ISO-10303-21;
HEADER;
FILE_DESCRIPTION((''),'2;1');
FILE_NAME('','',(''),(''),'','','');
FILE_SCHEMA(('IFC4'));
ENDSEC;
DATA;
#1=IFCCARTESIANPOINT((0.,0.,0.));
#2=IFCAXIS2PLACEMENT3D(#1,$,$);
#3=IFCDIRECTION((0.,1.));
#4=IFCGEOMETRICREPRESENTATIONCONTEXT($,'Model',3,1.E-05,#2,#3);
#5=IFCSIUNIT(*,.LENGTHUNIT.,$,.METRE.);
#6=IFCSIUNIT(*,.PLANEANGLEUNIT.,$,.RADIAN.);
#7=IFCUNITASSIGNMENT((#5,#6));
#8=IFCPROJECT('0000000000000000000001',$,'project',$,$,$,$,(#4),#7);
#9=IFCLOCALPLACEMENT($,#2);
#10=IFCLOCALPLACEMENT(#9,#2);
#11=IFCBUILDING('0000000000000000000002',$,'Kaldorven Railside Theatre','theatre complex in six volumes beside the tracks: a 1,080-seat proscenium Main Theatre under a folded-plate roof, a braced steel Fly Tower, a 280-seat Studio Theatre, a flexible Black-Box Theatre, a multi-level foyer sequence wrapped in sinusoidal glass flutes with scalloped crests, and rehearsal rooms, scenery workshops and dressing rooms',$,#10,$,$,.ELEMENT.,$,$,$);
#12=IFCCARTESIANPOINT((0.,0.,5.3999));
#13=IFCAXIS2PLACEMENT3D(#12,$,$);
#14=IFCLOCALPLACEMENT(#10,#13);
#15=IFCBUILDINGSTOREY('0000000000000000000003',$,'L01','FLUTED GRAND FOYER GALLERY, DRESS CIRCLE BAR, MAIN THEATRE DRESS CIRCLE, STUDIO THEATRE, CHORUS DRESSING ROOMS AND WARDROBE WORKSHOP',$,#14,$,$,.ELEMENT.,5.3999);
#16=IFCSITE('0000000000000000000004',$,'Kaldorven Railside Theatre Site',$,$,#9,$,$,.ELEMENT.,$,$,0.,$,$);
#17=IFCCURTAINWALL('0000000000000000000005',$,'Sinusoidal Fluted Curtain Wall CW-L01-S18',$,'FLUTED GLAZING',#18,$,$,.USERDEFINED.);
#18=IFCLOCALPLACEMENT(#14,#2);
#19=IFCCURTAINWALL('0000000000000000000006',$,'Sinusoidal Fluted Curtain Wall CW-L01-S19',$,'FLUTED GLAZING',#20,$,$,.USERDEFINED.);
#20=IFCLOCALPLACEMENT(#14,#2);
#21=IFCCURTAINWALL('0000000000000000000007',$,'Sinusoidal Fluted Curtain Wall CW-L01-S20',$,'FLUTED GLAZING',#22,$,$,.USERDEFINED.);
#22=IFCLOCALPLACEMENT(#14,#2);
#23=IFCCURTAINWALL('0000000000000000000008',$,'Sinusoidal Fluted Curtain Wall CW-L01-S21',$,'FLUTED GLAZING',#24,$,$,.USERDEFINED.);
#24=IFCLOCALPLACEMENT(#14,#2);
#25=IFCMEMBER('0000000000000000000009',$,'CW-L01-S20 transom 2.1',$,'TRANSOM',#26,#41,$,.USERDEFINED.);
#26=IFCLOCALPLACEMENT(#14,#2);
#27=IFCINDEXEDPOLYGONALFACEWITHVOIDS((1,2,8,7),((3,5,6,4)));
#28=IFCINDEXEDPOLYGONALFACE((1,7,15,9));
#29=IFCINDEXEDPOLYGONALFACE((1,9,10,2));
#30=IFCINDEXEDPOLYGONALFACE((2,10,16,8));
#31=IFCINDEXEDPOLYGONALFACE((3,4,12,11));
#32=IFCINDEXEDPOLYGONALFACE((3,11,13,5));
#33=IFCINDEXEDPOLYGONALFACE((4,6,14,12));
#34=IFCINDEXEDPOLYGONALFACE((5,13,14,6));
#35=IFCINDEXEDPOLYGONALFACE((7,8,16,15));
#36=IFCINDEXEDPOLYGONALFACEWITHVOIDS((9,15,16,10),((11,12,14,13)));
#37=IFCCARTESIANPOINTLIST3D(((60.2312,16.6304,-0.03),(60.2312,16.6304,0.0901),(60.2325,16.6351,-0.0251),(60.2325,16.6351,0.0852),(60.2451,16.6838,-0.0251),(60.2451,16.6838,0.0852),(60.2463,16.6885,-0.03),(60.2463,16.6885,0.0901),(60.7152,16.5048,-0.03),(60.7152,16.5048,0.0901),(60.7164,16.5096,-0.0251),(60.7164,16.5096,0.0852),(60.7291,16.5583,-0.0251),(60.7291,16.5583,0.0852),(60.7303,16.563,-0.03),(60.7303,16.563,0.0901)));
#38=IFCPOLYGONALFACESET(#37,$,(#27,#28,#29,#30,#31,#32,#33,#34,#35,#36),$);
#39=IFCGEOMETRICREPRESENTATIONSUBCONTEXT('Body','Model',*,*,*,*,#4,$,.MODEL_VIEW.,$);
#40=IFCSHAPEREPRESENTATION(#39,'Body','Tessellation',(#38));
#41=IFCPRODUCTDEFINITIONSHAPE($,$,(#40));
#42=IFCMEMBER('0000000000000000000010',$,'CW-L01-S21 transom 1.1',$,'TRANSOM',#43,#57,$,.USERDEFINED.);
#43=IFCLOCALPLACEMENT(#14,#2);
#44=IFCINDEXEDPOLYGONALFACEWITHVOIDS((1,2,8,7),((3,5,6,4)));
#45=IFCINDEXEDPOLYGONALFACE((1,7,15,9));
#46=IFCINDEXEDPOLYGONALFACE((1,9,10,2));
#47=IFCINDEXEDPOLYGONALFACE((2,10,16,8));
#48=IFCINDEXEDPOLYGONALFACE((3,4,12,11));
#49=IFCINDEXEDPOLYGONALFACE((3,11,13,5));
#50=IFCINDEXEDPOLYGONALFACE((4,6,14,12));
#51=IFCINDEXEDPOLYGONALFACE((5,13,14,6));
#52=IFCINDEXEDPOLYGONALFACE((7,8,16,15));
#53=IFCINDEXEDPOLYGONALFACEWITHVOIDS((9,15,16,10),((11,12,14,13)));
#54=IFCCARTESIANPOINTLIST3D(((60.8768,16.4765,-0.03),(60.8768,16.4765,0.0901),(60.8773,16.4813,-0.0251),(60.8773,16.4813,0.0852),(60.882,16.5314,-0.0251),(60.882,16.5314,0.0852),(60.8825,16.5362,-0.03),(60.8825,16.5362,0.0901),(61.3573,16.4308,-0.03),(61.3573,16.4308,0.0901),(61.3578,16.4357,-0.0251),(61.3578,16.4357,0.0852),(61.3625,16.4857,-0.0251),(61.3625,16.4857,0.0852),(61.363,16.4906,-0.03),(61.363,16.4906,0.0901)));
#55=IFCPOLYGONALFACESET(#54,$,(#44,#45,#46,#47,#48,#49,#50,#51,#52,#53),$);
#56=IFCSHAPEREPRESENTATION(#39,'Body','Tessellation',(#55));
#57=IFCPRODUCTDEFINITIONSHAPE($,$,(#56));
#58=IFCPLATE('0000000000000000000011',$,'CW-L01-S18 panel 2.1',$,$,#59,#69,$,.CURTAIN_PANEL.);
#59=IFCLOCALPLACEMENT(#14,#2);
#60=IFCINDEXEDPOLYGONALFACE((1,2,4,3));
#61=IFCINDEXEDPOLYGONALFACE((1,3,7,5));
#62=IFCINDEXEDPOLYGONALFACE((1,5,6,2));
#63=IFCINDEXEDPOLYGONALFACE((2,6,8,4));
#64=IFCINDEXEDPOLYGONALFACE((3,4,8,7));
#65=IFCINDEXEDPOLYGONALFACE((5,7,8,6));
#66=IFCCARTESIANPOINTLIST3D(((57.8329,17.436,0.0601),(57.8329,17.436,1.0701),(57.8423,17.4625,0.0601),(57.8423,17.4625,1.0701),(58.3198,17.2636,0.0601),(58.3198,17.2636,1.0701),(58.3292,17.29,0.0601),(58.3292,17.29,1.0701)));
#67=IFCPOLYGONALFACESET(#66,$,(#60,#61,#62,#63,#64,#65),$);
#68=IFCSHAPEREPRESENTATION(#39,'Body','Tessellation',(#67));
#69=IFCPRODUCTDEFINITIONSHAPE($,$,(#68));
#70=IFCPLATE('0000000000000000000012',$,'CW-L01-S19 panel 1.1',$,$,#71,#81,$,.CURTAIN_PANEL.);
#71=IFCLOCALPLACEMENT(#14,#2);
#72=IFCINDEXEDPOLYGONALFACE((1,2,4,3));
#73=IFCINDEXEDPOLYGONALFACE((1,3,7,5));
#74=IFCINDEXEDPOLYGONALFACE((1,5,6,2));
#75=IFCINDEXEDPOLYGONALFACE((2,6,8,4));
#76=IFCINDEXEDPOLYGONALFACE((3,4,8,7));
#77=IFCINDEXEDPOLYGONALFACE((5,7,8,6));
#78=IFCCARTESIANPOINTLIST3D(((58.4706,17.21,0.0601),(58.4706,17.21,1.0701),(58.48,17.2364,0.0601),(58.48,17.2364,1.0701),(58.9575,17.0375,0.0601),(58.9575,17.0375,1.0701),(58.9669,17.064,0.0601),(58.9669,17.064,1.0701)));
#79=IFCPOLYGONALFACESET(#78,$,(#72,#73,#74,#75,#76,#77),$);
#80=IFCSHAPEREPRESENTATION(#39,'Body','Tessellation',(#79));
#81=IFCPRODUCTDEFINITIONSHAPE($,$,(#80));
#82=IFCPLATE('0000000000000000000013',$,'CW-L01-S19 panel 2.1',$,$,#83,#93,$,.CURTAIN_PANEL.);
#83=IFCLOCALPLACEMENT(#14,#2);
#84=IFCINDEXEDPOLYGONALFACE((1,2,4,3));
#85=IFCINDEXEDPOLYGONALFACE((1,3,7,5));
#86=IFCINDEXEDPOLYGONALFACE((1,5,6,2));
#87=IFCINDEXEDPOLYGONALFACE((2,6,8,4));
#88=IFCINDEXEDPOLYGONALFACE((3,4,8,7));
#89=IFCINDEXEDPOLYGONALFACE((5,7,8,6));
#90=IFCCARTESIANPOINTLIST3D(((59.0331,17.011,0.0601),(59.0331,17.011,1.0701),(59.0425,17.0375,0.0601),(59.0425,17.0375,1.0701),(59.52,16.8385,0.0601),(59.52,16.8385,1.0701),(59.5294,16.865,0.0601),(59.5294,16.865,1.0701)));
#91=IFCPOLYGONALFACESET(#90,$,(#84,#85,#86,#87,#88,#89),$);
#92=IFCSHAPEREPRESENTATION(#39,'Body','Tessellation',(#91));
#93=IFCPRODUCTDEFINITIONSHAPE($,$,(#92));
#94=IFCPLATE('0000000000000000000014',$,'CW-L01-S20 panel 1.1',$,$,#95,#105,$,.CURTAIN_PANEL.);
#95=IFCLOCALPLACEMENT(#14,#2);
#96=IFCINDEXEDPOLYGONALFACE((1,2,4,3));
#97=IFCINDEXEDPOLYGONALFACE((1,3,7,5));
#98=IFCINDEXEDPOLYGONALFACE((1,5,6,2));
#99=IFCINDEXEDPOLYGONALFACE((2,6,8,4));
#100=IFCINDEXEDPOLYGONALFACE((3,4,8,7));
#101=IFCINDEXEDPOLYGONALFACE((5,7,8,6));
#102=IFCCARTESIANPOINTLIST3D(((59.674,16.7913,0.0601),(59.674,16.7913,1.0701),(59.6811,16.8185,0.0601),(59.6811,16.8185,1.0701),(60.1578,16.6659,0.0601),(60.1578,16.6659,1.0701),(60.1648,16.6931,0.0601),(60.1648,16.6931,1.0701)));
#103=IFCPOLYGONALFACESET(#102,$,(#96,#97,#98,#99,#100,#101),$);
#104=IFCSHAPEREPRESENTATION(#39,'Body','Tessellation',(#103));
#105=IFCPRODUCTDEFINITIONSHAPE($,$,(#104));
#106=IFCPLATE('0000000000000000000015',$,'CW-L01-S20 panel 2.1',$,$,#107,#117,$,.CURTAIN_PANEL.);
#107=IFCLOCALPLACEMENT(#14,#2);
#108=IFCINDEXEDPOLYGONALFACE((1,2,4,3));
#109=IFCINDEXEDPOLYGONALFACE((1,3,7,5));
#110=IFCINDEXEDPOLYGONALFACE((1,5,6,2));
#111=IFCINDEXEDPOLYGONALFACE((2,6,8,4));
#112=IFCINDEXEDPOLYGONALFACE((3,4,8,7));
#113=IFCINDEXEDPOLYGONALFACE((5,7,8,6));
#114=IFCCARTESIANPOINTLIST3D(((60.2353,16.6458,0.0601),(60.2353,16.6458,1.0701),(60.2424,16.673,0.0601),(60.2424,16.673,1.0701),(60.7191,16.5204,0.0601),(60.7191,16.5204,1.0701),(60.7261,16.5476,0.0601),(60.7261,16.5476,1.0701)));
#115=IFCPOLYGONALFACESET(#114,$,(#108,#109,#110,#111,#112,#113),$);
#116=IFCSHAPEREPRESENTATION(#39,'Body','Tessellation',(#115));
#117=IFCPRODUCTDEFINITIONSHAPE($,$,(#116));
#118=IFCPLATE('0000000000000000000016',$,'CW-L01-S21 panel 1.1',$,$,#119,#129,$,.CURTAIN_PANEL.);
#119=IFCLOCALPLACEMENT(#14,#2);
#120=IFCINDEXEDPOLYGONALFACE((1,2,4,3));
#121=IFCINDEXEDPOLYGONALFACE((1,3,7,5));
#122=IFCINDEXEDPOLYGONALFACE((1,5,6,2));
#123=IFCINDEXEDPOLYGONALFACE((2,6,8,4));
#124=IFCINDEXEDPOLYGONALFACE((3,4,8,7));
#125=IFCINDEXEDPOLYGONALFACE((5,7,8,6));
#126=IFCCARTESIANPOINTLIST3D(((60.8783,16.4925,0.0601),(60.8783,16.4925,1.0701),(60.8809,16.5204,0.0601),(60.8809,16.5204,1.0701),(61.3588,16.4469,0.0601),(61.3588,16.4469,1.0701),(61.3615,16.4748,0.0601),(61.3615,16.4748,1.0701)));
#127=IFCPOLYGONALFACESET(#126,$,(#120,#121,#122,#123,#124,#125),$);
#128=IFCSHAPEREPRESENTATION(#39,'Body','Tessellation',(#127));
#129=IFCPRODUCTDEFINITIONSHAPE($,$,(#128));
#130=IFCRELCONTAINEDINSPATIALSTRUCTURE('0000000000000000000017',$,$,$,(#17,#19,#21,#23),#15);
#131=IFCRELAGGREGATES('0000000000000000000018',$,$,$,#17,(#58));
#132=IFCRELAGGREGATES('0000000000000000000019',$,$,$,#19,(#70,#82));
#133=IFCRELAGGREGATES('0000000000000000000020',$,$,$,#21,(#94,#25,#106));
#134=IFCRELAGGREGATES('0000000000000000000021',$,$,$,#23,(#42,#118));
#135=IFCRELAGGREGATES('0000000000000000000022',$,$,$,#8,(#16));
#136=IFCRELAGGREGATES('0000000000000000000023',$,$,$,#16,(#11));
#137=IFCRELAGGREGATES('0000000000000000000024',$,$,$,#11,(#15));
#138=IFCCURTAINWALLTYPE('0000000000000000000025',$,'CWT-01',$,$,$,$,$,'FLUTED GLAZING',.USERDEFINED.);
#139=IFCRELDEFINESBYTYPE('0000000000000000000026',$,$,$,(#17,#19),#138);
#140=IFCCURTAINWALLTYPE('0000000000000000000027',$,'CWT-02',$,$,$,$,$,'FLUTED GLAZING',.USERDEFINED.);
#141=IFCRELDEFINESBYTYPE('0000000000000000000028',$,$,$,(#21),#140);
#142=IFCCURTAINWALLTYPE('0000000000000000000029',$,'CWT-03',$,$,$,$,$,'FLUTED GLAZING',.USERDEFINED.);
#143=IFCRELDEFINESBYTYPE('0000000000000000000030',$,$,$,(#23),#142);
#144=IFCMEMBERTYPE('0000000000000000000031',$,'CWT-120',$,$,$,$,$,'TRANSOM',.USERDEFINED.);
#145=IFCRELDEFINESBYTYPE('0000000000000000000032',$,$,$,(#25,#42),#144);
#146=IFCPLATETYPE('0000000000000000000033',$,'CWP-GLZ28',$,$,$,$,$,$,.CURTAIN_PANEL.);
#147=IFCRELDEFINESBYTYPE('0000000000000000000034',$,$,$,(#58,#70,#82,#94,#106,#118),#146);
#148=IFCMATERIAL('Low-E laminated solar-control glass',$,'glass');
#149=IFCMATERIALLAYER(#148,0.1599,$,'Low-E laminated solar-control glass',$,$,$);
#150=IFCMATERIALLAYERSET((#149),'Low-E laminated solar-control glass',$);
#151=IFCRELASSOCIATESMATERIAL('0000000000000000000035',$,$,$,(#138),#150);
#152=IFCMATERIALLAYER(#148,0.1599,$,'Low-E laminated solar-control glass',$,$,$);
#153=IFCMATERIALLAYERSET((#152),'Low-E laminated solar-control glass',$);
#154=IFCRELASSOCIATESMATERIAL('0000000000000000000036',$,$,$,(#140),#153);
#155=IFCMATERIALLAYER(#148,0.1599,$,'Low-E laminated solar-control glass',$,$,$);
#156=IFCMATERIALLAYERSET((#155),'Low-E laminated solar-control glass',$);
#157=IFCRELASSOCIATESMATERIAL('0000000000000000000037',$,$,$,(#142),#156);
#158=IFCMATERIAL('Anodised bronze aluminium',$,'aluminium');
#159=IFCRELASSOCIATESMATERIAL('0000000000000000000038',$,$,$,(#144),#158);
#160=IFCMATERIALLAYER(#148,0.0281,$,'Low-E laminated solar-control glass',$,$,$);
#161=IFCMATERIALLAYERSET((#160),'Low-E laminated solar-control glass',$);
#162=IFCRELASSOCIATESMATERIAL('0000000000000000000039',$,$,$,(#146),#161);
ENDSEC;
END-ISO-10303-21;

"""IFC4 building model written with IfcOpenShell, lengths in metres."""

from ifc_helpers import new_model, si_unit, direction, frame, origin, origin_2d, place, context, subcontext, project, spatial, rectangle, hollow_rectangle, extrude, material, layer, layer_set, material_profile, profile_set, type_object, element, aggregate, save


model = new_model("IFC4")

# Units and contexts
model_context = context("Model", 3, precision=1e-05, world=origin(), true_north=direction((0.0, 1.0)))
body_context = subcontext(model_context, "Body", "Model", "MODEL_VIEW")
ifc_project = project(units=[si_unit("LENGTHUNIT", "METRE"), si_unit("PLANEANGLEUNIT", "RADIAN")], contexts=[model_context])

# Site, building, storey
site_placement = place(None, origin())
site = spatial("IfcSite", under=ifc_project, at=site_placement, Name="Kaldorven Railside Theatre Site", CompositionType="ELEMENT", RefElevation=0.0)
building_placement = place(site_placement, origin())
building = spatial("IfcBuilding", under=site, at=building_placement, Name="Kaldorven Railside Theatre", Description="theatre complex in six volumes beside the tracks: a 1,080-seat proscenium Main Theatre under a folded-plate roof, a braced steel Fly Tower, a 280-seat Studio Theatre, a flexible Black-Box Theatre, a multi-level foyer sequence wrapped in sinusoidal glass flutes with scalloped crests, and rehearsal rooms, scenery workshops and dressing rooms", CompositionType="ELEMENT")
storey_placement = place(building_placement, frame((0.0, 0.0, 5.3999)))
storey = spatial("IfcBuildingStorey", under=building, at=storey_placement, Name="L01", Description="FLUTED GRAND FOYER GALLERY, DRESS CIRCLE BAR, MAIN THEATRE DRESS CIRCLE, STUDIO THEATRE, CHORUS DRESSING ROOMS AND WARDROBE WORKSHOP", CompositionType="ELEMENT", Elevation=5.3999)

# Curtain wall
ifc_material_1 = material(Name="Low-E laminated solar-control glass", Category="glass")
ifc_layer_1 = layer(ifc_material_1, 0.1599, Name="Low-E laminated solar-control glass")
ifc_layer_set_1 = layer_set([ifc_layer_1], Name="Low-E laminated solar-control glass")
curtain_wall_type_1 = type_object("IfcCurtainWallType", Name="CWT-01", ElementType="FLUTED GLAZING", PredefinedType="USERDEFINED", material=ifc_layer_set_1)
curtain_wall_1_placement = place(storey_placement, origin())
curtain_wall_1 = element("IfcCurtainWall", 1, at=curtain_wall_1_placement, inside=storey, type_object=curtain_wall_type_1, Name="Sinusoidal Fluted Curtain Wall CW-L01-S18", ObjectType="FLUTED GLAZING", PredefinedType="USERDEFINED")
ifc_material_2 = material(Name="Anodised bronze aluminium", Category="aluminium")

# Curtain walls
curtain_wall_2_placement = place(storey_placement, origin())
curtain_wall_2 = element("IfcCurtainWall", 2, at=curtain_wall_2_placement, inside=storey, type_object=curtain_wall_type_1, Name="Sinusoidal Fluted Curtain Wall CW-L01-S19", ObjectType="FLUTED GLAZING", PredefinedType="USERDEFINED")
ifc_layer_2 = layer(ifc_material_1, 0.1599, Name="Low-E laminated solar-control glass")
ifc_layer_set_2 = layer_set([ifc_layer_2], Name="Low-E laminated solar-control glass")
curtain_wall_type_2 = type_object("IfcCurtainWallType", Name="CWT-02", ElementType="FLUTED GLAZING", PredefinedType="USERDEFINED", material=ifc_layer_set_2)
curtain_wall_3_placement = place(storey_placement, origin())
curtain_wall_3 = element("IfcCurtainWall", 3, at=curtain_wall_3_placement, inside=storey, type_object=curtain_wall_type_2, Name="Sinusoidal Fluted Curtain Wall CW-L01-S20", ObjectType="FLUTED GLAZING", PredefinedType="USERDEFINED")

# Curtain wall
ifc_layer_3 = layer(ifc_material_1, 0.1599, Name="Low-E laminated solar-control glass")
ifc_layer_set_3 = layer_set([ifc_layer_3], Name="Low-E laminated solar-control glass")
curtain_wall_type_3 = type_object("IfcCurtainWallType", Name="CWT-03", ElementType="FLUTED GLAZING", PredefinedType="USERDEFINED", material=ifc_layer_set_3)
curtain_wall_4_placement = place(storey_placement, origin())
curtain_wall_4 = element("IfcCurtainWall", 4, at=curtain_wall_4_placement, inside=storey, type_object=curtain_wall_type_3, Name="Sinusoidal Fluted Curtain Wall CW-L01-S21", ObjectType="FLUTED GLAZING", PredefinedType="USERDEFINED")

# Members
ifc_material_profile_1 = material_profile(ifc_material_2, hollow_rectangle(XDim=0.0601, YDim=0.1201, WallThickness=0.0049, at=origin_2d()), Name="RHS 120x60x5")
ifc_profile_set_1 = profile_set([ifc_material_profile_1], Name="Anodised bronze aluminium")
member_type_1 = type_object("IfcMemberType", Name="CWT-120", ElementType="TRANSOM", PredefinedType="USERDEFINED", material=ifc_profile_set_1)
member_1_placement = place(storey_placement, frame((60.2388, 16.6594, 0.03), z_axis=(0.967979, -0.25103, 0.0), x_axis=(0.25103, 0.967979, 0.0)))
member_1 = element("IfcMember", 5, at=member_1_placement, type_object=member_type_1, Name="CW-L01-S20 transom 2.1", ObjectType="TRANSOM", PredefinedType="USERDEFINED", context=body_context, shape_type="SweptSolid", body=[
    extrude(hollow_rectangle(XDim=0.0601, YDim=0.1201, WallThickness=0.0049, at=origin_2d()), origin(), (0.0, 0.0, 1.0), 0.5),
])
member_2_placement = place(storey_placement, frame((60.8796, 16.5063, 0.03), z_axis=(0.995516, -0.094594, 0.0), x_axis=(0.094594, 0.995516, 0.0)))
member_2 = element("IfcMember", 6, at=member_2_placement, type_object=member_type_1, Name="CW-L01-S21 transom 1.1", ObjectType="TRANSOM", PredefinedType="USERDEFINED", context=body_context, shape_type="SweptSolid", body=[
    extrude(hollow_rectangle(XDim=0.0601, YDim=0.1201, WallThickness=0.0049, at=origin_2d()), origin(), (0.0, 0.0, 1.0), 0.4827),
])

# Plates
ifc_layer_4 = layer(ifc_material_1, 0.0281, Name="Low-E laminated solar-control glass")
ifc_layer_set_4 = layer_set([ifc_layer_4], Name="Low-E laminated solar-control glass")
plate_type = type_object("IfcPlateType", Name="CWP-GLZ28", PredefinedType="CURTAIN_PANEL", material=ifc_layer_set_4)
plate_1_placement = place(storey_placement, frame((58.0811, 17.363, 0.0601), z_axis=(0.0, 0.0, 1.0), x_axis=(0.942627, -0.333847, 0.0)))
plate_1 = element("IfcPlate", 7, at=plate_1_placement, type_object=plate_type, Name="CW-L01-S18 panel 2.1", PredefinedType="CURTAIN_PANEL", context=body_context, shape_type="SweptSolid", body=[
    extrude(rectangle(XDim=0.5166, YDim=0.0281, at=origin_2d()), origin(), (0.0, 0.0, 1.0), 1.01),
])
aggregate(curtain_wall_1, [plate_1])
plate_2_placement = place(storey_placement, frame((58.7188, 17.137, 0.0601), z_axis=(0.0, 0.0, 1.0), x_axis=(0.942627, -0.333847, 0.0)))
plate_2 = element("IfcPlate", 8, at=plate_2_placement, type_object=plate_type, Name="CW-L01-S19 panel 1.1", PredefinedType="CURTAIN_PANEL", context=body_context, shape_type="SweptSolid", body=[
    extrude(rectangle(XDim=0.5166, YDim=0.0281, at=origin_2d()), origin(), (0.0, 0.0, 1.0), 1.01),
])
plate_3_placement = place(storey_placement, frame((59.2812, 16.938, 0.0601), z_axis=(0.0, 0.0, 1.0), x_axis=(0.942627, -0.333847, 0.0)))
plate_3 = element("IfcPlate", 9, at=plate_3_placement, type_object=plate_type, Name="CW-L01-S19 panel 2.1", PredefinedType="CURTAIN_PANEL", context=body_context, shape_type="SweptSolid", body=[
    extrude(rectangle(XDim=0.5166, YDim=0.0281, at=origin_2d()), origin(), (0.0, 0.0, 1.0), 1.01),
])
aggregate(curtain_wall_2, [plate_2, plate_3])
plate_4_placement = place(storey_placement, frame((59.9194, 16.7422, 0.0601), z_axis=(0.0, 0.0, 1.0), x_axis=(0.967999, -0.250954, 0.0)))
plate_4 = element("IfcPlate", 10, at=plate_4_placement, type_object=plate_type, Name="CW-L01-S20 panel 1.1", PredefinedType="CURTAIN_PANEL", context=body_context, shape_type="SweptSolid", body=[
    extrude(rectangle(XDim=0.4998, YDim=0.0281, at=origin_2d()), origin(), (0.0, 0.0, 1.0), 1.01),
])
plate_5_placement = place(storey_placement, frame((60.4807, 16.5967, 0.0601), z_axis=(0.0, 0.0, 1.0), x_axis=(0.967999, -0.250954, 0.0)))
plate_5 = element("IfcPlate", 11, at=plate_5_placement, type_object=plate_type, Name="CW-L01-S20 panel 2.1", PredefinedType="CURTAIN_PANEL", context=body_context, shape_type="SweptSolid", body=[
    extrude(rectangle(XDim=0.4998, YDim=0.0281, at=origin_2d()), origin(), (0.0, 0.0, 1.0), 1.01),
])
aggregate(curtain_wall_3, [plate_4, member_1, plate_5])
plate_6_placement = place(storey_placement, frame((61.1199, 16.4836, 0.0601), z_axis=(0.0, 0.0, 1.0), x_axis=(0.995526, -0.094492, 0.0)))
plate_6 = element("IfcPlate", 12, at=plate_6_placement, type_object=plate_type, Name="CW-L01-S21 panel 1.1", PredefinedType="CURTAIN_PANEL", context=body_context, shape_type="SweptSolid", body=[
    extrude(rectangle(XDim=0.4827, YDim=0.0281, at=origin_2d()), origin(), (0.0, 0.0, 1.0), 1.01),
])
aggregate(curtain_wall_4, [member_2, plate_6])

save(model, "model.ifc")
